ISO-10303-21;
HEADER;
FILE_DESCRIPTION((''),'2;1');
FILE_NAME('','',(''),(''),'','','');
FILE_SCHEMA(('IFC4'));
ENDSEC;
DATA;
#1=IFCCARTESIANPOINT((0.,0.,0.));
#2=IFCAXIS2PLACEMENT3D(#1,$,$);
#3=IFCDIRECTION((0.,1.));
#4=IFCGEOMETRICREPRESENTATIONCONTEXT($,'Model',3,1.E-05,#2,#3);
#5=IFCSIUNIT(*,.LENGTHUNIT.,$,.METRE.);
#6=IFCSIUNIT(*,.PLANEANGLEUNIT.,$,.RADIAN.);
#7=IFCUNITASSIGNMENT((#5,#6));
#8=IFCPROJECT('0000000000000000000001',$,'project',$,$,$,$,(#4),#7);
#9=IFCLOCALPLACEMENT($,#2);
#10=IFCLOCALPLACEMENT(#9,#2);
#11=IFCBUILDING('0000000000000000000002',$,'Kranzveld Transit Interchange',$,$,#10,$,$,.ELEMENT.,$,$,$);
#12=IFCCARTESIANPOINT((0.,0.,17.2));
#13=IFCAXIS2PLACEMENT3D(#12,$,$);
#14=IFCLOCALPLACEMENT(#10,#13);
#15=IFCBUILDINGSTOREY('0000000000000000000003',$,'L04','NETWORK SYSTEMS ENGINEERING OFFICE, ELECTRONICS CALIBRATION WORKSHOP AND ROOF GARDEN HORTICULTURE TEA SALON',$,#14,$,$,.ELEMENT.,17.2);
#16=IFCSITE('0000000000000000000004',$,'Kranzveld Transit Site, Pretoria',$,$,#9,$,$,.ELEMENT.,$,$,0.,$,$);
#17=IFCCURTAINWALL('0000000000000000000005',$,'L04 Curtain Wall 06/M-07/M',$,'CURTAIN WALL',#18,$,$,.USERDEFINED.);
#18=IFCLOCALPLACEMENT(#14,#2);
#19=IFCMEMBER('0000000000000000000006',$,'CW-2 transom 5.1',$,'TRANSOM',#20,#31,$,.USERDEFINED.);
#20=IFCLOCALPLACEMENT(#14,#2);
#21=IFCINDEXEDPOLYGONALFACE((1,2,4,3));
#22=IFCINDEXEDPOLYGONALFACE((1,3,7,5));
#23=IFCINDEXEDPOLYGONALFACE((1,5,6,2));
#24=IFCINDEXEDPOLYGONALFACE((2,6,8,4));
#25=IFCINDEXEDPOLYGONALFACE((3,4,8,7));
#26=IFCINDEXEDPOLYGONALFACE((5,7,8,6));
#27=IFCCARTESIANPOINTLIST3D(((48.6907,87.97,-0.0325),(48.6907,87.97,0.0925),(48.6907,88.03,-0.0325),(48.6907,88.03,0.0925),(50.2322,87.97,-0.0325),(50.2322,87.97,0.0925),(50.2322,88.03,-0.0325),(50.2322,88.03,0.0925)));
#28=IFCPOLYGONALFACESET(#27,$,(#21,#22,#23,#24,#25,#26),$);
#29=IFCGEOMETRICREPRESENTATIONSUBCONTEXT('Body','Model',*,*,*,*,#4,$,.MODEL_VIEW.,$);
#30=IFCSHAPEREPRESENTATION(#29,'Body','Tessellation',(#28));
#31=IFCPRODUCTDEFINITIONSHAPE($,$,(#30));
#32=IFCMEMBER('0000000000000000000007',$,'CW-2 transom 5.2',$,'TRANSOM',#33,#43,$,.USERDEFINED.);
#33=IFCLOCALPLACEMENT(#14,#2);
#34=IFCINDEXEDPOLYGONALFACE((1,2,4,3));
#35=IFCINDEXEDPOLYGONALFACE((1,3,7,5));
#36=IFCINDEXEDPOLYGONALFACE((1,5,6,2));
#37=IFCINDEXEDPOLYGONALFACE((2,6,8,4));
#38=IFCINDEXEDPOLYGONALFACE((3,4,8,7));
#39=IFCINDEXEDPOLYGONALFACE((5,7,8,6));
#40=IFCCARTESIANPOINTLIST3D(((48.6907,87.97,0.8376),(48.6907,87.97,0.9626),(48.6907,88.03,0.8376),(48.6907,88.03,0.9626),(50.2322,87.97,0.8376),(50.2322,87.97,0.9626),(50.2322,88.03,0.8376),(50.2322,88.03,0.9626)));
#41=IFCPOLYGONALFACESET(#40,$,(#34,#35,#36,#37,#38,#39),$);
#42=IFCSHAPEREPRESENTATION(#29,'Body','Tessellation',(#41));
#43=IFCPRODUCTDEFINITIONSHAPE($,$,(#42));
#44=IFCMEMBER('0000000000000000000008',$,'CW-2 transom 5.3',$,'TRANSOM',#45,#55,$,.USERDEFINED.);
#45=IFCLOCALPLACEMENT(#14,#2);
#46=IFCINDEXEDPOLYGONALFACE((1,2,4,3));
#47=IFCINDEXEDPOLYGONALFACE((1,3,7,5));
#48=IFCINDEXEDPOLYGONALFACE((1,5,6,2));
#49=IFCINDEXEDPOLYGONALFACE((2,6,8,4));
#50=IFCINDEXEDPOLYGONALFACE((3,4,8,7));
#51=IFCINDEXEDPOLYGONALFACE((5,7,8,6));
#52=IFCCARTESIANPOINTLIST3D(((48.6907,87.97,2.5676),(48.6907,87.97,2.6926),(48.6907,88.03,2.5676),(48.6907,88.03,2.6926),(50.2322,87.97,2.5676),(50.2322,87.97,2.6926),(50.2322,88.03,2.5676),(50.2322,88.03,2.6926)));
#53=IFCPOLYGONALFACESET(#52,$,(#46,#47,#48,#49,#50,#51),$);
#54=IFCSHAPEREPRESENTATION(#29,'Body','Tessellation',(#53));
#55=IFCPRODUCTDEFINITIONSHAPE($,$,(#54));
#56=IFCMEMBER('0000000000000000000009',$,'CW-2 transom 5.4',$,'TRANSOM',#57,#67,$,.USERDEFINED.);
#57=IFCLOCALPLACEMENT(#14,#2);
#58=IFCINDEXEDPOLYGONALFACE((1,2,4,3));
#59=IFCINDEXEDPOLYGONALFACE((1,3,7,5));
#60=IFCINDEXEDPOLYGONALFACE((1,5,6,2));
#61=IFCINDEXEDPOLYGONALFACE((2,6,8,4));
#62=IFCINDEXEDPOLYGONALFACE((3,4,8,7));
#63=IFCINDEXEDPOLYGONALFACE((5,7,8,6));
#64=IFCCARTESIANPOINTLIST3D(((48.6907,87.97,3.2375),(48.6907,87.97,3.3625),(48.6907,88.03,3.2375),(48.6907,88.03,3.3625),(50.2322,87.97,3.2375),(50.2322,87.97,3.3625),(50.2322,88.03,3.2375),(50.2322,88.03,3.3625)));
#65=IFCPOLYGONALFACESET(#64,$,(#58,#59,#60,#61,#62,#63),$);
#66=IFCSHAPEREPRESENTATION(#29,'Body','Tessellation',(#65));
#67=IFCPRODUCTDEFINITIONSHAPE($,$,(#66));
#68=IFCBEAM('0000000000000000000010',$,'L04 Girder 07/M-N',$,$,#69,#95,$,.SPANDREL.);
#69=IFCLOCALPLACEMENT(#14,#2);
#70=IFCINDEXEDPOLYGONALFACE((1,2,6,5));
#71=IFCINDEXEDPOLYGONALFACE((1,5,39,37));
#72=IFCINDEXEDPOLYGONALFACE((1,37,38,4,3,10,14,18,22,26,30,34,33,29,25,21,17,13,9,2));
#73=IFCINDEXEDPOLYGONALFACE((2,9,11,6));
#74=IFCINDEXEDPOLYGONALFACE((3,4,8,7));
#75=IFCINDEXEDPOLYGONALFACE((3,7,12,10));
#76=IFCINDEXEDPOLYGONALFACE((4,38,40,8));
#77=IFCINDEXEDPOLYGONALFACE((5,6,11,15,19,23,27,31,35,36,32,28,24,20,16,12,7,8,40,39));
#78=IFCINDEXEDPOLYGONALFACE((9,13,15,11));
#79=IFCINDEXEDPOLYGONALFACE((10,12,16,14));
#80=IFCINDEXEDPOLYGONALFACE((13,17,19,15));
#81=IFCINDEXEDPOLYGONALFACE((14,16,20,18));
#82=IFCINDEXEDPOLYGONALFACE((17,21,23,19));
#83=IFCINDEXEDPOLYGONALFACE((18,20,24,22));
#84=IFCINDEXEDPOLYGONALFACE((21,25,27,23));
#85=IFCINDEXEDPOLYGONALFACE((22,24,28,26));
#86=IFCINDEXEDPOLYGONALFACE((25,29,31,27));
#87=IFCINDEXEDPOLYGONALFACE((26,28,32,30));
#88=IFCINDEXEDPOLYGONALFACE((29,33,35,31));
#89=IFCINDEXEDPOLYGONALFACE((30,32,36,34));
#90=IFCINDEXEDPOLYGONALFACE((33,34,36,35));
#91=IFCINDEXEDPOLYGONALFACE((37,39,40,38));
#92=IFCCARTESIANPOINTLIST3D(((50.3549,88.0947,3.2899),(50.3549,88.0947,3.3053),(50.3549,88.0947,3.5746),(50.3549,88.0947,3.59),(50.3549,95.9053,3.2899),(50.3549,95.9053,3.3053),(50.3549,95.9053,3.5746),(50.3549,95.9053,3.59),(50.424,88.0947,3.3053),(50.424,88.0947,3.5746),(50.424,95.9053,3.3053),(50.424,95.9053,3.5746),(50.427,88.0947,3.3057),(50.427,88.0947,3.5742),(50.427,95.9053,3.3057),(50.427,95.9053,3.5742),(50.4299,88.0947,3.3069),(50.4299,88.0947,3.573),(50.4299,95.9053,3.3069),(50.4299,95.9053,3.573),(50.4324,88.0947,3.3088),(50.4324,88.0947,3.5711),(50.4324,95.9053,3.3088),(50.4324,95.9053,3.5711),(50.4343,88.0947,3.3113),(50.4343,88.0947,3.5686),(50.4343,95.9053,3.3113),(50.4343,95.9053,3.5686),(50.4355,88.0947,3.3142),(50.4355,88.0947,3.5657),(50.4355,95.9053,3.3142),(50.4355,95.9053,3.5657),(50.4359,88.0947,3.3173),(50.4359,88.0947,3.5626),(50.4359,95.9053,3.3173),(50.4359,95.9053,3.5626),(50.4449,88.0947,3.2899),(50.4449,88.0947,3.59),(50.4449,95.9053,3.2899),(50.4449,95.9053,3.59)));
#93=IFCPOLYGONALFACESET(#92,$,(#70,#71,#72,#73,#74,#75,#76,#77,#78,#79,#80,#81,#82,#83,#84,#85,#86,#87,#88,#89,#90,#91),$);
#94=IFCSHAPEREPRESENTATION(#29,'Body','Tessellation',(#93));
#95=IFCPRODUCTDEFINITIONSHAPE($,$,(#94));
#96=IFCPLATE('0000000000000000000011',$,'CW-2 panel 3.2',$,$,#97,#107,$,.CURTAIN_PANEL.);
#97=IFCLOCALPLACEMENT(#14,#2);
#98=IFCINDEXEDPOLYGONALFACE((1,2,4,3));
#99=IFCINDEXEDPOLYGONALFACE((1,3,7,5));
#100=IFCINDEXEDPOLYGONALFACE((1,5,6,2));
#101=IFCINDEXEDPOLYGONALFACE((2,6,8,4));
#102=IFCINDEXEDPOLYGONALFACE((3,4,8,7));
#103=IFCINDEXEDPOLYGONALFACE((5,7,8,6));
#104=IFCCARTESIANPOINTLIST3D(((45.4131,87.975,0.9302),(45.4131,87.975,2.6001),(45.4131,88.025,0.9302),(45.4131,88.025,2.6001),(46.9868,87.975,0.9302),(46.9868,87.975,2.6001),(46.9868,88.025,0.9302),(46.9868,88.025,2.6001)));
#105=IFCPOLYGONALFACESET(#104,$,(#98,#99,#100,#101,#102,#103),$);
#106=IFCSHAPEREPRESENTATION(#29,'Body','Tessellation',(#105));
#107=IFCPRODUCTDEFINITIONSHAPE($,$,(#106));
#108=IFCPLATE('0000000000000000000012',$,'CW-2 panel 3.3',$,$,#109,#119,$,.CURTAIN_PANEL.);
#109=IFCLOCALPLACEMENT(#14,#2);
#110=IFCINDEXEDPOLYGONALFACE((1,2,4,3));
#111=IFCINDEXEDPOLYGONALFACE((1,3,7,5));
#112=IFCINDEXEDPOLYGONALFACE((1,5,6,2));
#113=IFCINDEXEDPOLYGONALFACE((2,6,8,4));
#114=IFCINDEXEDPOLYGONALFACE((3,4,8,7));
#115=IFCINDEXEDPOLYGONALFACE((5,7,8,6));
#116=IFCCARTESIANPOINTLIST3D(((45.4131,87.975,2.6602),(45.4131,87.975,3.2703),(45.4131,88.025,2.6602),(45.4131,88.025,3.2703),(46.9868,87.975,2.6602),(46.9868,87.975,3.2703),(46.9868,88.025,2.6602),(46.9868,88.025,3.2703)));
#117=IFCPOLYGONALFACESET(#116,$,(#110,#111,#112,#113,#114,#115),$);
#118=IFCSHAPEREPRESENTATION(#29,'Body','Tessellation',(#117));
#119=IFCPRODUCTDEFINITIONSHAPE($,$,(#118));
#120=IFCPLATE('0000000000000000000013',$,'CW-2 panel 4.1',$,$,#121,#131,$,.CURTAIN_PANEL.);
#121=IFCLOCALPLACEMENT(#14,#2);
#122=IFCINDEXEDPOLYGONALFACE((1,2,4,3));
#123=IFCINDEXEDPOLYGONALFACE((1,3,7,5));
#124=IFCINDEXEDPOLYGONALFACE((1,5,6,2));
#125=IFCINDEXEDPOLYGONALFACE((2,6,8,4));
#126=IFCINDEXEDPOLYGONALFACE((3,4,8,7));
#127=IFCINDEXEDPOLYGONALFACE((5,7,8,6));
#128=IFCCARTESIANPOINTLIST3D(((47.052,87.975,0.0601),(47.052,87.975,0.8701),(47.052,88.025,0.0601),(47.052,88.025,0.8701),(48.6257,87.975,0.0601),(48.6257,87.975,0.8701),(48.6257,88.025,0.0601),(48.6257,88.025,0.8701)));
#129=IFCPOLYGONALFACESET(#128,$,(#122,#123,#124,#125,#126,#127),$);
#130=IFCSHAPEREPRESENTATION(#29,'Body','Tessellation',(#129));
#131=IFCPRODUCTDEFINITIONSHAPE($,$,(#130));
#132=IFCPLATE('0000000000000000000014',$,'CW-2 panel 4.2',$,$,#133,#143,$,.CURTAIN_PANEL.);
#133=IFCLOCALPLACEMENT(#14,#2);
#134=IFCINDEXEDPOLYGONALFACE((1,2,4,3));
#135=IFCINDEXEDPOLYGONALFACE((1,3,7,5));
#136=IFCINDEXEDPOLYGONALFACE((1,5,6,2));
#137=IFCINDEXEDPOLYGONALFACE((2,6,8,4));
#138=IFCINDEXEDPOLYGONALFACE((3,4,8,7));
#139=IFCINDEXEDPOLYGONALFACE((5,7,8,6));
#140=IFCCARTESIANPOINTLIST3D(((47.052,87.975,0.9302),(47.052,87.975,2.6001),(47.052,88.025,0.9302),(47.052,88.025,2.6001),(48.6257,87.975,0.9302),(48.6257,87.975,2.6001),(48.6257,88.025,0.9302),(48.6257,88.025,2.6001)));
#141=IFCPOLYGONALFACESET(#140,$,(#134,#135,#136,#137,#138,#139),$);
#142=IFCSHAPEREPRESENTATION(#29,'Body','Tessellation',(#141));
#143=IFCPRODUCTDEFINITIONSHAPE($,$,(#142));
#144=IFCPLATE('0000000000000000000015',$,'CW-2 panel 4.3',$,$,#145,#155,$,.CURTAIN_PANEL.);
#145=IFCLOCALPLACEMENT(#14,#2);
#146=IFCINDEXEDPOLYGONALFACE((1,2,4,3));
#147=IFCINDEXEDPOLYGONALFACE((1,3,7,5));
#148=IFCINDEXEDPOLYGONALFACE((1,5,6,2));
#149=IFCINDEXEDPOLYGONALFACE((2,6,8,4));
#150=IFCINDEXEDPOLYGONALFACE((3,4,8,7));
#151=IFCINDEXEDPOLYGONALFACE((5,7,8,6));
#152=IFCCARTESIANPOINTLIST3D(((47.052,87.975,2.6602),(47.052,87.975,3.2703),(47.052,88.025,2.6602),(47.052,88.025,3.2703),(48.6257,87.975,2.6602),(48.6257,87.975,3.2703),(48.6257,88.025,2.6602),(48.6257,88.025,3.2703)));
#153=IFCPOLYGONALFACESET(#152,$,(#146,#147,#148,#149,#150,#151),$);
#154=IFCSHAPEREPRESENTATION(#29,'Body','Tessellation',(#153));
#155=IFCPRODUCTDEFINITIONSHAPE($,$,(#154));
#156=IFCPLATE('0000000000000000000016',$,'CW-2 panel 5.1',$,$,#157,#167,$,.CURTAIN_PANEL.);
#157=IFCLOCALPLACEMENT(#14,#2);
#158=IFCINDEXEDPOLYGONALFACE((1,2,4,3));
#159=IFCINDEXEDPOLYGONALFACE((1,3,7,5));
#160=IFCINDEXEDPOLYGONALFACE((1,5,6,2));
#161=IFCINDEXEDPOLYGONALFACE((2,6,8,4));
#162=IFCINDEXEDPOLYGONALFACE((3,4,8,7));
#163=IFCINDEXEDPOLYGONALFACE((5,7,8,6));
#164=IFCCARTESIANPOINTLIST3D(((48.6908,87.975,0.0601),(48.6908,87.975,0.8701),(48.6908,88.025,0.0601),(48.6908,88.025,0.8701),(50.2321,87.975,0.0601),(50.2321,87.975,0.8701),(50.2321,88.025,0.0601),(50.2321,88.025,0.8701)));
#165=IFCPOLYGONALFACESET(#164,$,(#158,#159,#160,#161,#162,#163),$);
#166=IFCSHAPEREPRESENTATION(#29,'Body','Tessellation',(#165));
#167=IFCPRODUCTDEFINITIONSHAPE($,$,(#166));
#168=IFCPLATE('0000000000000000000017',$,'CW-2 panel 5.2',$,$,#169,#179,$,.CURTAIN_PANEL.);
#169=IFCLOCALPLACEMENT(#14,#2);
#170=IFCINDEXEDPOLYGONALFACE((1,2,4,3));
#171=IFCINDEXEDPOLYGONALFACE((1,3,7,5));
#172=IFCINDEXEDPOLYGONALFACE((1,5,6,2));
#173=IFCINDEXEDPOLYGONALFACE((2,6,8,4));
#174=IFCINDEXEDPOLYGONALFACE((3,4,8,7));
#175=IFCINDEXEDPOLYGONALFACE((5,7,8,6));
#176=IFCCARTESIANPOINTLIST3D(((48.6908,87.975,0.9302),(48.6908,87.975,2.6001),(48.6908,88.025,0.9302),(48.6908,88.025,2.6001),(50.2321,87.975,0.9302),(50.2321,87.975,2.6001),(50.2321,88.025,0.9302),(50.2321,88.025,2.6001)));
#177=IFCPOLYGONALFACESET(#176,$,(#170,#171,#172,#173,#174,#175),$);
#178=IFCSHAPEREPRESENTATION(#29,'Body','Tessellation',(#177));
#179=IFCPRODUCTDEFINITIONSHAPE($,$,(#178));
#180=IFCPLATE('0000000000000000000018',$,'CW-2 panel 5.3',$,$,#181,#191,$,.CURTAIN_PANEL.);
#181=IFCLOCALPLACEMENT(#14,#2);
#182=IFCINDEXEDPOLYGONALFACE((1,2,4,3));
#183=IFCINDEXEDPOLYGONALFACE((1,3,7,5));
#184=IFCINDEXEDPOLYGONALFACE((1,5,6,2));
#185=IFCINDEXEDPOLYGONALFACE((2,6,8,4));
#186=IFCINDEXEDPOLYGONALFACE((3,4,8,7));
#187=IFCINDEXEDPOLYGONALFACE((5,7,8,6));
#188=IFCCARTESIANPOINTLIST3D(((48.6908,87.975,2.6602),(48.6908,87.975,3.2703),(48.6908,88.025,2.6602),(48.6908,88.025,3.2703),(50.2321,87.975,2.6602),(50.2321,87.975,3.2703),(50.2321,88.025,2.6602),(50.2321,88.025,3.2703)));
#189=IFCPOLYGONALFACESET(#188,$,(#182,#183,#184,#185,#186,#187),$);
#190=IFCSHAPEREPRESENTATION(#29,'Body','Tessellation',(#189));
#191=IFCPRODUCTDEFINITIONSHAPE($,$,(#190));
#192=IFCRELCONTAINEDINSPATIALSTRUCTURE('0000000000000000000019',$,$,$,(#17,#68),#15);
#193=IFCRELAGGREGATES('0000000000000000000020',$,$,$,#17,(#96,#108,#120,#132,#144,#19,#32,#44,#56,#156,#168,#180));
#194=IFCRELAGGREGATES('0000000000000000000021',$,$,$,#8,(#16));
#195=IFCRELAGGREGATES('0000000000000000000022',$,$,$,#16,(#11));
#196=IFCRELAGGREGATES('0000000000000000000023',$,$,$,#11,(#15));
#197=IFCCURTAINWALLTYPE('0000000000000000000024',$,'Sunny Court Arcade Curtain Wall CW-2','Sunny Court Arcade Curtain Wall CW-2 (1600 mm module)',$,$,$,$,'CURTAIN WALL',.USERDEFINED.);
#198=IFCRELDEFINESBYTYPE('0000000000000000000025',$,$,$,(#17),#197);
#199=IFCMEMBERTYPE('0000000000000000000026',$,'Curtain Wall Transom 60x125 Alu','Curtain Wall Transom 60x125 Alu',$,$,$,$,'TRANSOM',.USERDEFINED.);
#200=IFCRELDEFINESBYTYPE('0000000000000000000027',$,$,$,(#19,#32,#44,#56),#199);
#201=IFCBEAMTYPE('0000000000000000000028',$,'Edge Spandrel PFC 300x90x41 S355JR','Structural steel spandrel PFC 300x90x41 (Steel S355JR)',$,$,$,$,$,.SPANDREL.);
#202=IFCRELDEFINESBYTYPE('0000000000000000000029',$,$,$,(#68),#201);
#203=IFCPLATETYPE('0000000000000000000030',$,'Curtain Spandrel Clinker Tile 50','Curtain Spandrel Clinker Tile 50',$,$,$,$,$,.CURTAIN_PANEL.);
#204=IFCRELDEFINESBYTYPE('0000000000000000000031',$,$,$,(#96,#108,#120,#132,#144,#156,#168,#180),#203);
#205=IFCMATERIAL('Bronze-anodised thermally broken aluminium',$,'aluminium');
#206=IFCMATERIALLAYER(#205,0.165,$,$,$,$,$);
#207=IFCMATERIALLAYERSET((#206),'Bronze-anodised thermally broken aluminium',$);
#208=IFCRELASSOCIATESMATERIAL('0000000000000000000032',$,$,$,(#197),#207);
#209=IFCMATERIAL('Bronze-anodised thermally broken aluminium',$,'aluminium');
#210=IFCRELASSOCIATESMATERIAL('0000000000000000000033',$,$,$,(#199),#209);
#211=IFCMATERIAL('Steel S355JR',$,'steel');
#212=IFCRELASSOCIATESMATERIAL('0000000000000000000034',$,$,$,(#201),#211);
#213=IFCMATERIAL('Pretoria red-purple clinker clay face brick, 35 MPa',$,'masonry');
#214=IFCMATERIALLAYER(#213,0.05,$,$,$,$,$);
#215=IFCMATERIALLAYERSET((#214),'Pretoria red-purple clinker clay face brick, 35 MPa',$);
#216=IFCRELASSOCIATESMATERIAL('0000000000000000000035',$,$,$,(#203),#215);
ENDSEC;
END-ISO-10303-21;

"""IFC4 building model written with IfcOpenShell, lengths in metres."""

from ifc_helpers import new_model, si_unit, direction, frame, origin, origin_2d, place, context, subcontext, project, spatial, rectangle, u_section, extrude, material, layer, layer_set, material_profile, profile_set, type_object, element, aggregate, save


model = new_model("IFC4")

# Units and contexts
model_context = context("Model", 3, precision=1e-05, world=origin(), true_north=direction((0.0, 1.0)))
body_context = subcontext(model_context, "Body", "Model", "MODEL_VIEW")
ifc_project = project(units=[si_unit("LENGTHUNIT", "METRE"), si_unit("PLANEANGLEUNIT", "RADIAN")], contexts=[model_context])

# Site, building, storey
site_placement = place(None, origin())
site = spatial("IfcSite", under=ifc_project, at=site_placement, Name="Kranzveld Transit Site, Pretoria", CompositionType="ELEMENT", RefElevation=0.0)
building_placement = place(site_placement, origin())
building = spatial("IfcBuilding", under=site, at=building_placement, Name="Kranzveld Transit Interchange", CompositionType="ELEMENT")
storey_placement = place(building_placement, frame((0.0, 0.0, 17.2)))
storey = spatial("IfcBuildingStorey", under=building, at=storey_placement, Name="L04", Description="NETWORK SYSTEMS ENGINEERING OFFICE, ELECTRONICS CALIBRATION WORKSHOP AND ROOF GARDEN HORTICULTURE TEA SALON", CompositionType="ELEMENT", Elevation=17.2)

# Curtain wall, members
ifc_material_1 = material(Name="Bronze-anodised thermally broken aluminium", Category="aluminium")
ifc_layer_1 = layer(ifc_material_1, 0.165)
ifc_layer_set_1 = layer_set([ifc_layer_1], Name="Bronze-anodised thermally broken aluminium")
curtain_wall_type = type_object("IfcCurtainWallType", Name="Sunny Court Arcade Curtain Wall CW-2", Description="Sunny Court Arcade Curtain Wall CW-2 (1600 mm module)", ElementType="CURTAIN WALL", PredefinedType="USERDEFINED", material=ifc_layer_set_1)
curtain_wall_placement = place(storey_placement, origin())
curtain_wall = element("IfcCurtainWall", 1, at=curtain_wall_placement, inside=storey, type_object=curtain_wall_type, Name="L04 Curtain Wall 06/M-07/M", ObjectType="CURTAIN WALL", PredefinedType="USERDEFINED")
ifc_material_2 = material(Name="Bronze-anodised thermally broken aluminium", Category="aluminium")
ifc_material_profile_1 = material_profile(ifc_material_2, rectangle(XDim=0.0601, YDim=0.125, at=origin_2d()), Name="ALU TRANSOM 60x125")
ifc_profile_set_1 = profile_set([ifc_material_profile_1], Name="Bronze-anodised thermally broken aluminium")
member_type_1 = type_object("IfcMemberType", Name="Curtain Wall Transom 60x125 Alu", Description="Curtain Wall Transom 60x125 Alu", ElementType="TRANSOM", PredefinedType="USERDEFINED", material=ifc_profile_set_1)
member_1_placement = place(storey_placement, frame((48.6907, 88.0, 0.03), z_axis=(1.0, 0.0, 0.0), x_axis=(0.0, 1.0, 0.0)))
member_1 = element("IfcMember", 2, at=member_1_placement, type_object=member_type_1, Name="CW-2 transom 5.1", ObjectType="TRANSOM", PredefinedType="USERDEFINED", context=body_context, shape_type="SweptSolid", body=[
    extrude(rectangle(XDim=0.0601, YDim=0.125, at=origin_2d()), origin(), (0.0, 0.0, 1.0), 1.5415),
])
member_2_placement = place(storey_placement, frame((48.6907, 88.0, 0.9001), z_axis=(1.0, 0.0, 0.0), x_axis=(0.0, 1.0, 0.0)))
member_2 = element("IfcMember", 3, at=member_2_placement, type_object=member_type_1, Name="CW-2 transom 5.2", ObjectType="TRANSOM", PredefinedType="USERDEFINED", context=body_context, shape_type="SweptSolid", body=[
    extrude(rectangle(XDim=0.0601, YDim=0.125, at=origin_2d()), origin(), (0.0, 0.0, 1.0), 1.5415),
])
member_3_placement = place(storey_placement, frame((48.6907, 88.0, 2.6301), z_axis=(1.0, 0.0, 0.0), x_axis=(0.0, 1.0, 0.0)))
member_3 = element("IfcMember", 4, at=member_3_placement, type_object=member_type_1, Name="CW-2 transom 5.3", ObjectType="TRANSOM", PredefinedType="USERDEFINED", context=body_context, shape_type="SweptSolid", body=[
    extrude(rectangle(XDim=0.0601, YDim=0.125, at=origin_2d()), origin(), (0.0, 0.0, 1.0), 1.5415),
])
member_4_placement = place(storey_placement, frame((48.6907, 88.0, 3.3), z_axis=(1.0, 0.0, 0.0), x_axis=(0.0, 1.0, 0.0)))
member_4 = element("IfcMember", 5, at=member_4_placement, type_object=member_type_1, Name="CW-2 transom 5.4", ObjectType="TRANSOM", PredefinedType="USERDEFINED", context=body_context, shape_type="SweptSolid", body=[
    extrude(rectangle(XDim=0.0601, YDim=0.125, at=origin_2d()), origin(), (0.0, 0.0, 1.0), 1.5415),
])

# Beam
ifc_material_3 = material(Name="Steel S355JR", Category="steel")
ifc_material_profile_2 = material_profile(ifc_material_3, u_section(Depth=0.3, FlangeWidth=0.0901, WebThickness=0.009, FlangeThickness=0.0154, FilletRadius=0.012, at=origin_2d()), Name="PFC 300x90x41")
ifc_profile_set_2 = profile_set([ifc_material_profile_2], Name="Steel S355JR")
beam_type_1 = type_object("IfcBeamType", Name="Edge Spandrel PFC 300x90x41 S355JR", Description="Structural steel spandrel PFC 300x90x41 (Steel S355JR)", PredefinedType="SPANDREL", material=ifc_profile_set_2)
beam_1_placement = place(storey_placement, frame((50.3999, 88.0947, 3.4399), z_axis=(0.0, 1.0, 0.0), x_axis=(-1.0, 0.0, 0.0)))
element("IfcBeam", 6, at=beam_1_placement, inside=storey, type_object=beam_type_1, Name="L04 Girder 07/M-N", PredefinedType="SPANDREL", context=body_context, shape_type="SweptSolid", body=[
    extrude(u_section(Depth=0.3, FlangeWidth=0.0901, WebThickness=0.009, FlangeThickness=0.0154, FilletRadius=0.012, at=origin_2d()), origin(), (0.0, 0.0, 1.0), 7.8105),
])

# Plates
ifc_material_4 = material(Name="Pretoria red-purple clinker clay face brick, 35 MPa", Category="masonry")
ifc_layer_2 = layer(ifc_material_4, 0.05)
ifc_layer_set_2 = layer_set([ifc_layer_2], Name="Pretoria red-purple clinker clay face brick, 35 MPa")
plate_type = type_object("IfcPlateType", Name="Curtain Spandrel Clinker Tile 50", Description="Curtain Spandrel Clinker Tile 50", PredefinedType="CURTAIN_PANEL", material=ifc_layer_set_2)
plate_1_placement = place(storey_placement, frame((46.2, 88.0, 0.9302), z_axis=(0.0, 0.0, 1.0), x_axis=(1.0, 0.0, 0.0)))
plate_1 = element("IfcPlate", 7, at=plate_1_placement, type_object=plate_type, Name="CW-2 panel 3.2", PredefinedType="CURTAIN_PANEL", context=body_context, shape_type="SweptSolid", body=[
    extrude(rectangle(XDim=1.5737, YDim=0.05, at=origin_2d()), origin(), (0.0, 0.0, 1.0), 1.6699),
])
plate_2_placement = place(storey_placement, frame((46.2, 88.0, 2.6602), z_axis=(0.0, 0.0, 1.0), x_axis=(1.0, 0.0, 0.0)))
plate_2 = element("IfcPlate", 8, at=plate_2_placement, type_object=plate_type, Name="CW-2 panel 3.3", PredefinedType="CURTAIN_PANEL", context=body_context, shape_type="SweptSolid", body=[
    extrude(rectangle(XDim=1.5737, YDim=0.05, at=origin_2d()), origin(), (0.0, 0.0, 1.0), 0.6101),
])
plate_3_placement = place(storey_placement, frame((47.8389, 88.0, 0.0601), z_axis=(0.0, 0.0, 1.0), x_axis=(1.0, 0.0, 0.0)))
plate_3 = element("IfcPlate", 9, at=plate_3_placement, type_object=plate_type, Name="CW-2 panel 4.1", PredefinedType="CURTAIN_PANEL", context=body_context, shape_type="SweptSolid", body=[
    extrude(rectangle(XDim=1.5737, YDim=0.05, at=origin_2d()), origin(), (0.0, 0.0, 1.0), 0.8101),
])
plate_4_placement = place(storey_placement, frame((47.8389, 88.0, 0.9302), z_axis=(0.0, 0.0, 1.0), x_axis=(1.0, 0.0, 0.0)))
plate_4 = element("IfcPlate", 10, at=plate_4_placement, type_object=plate_type, Name="CW-2 panel 4.2", PredefinedType="CURTAIN_PANEL", context=body_context, shape_type="SweptSolid", body=[
    extrude(rectangle(XDim=1.5737, YDim=0.05, at=origin_2d()), origin(), (0.0, 0.0, 1.0), 1.6699),
])
plate_5_placement = place(storey_placement, frame((47.8389, 88.0, 2.6602), z_axis=(0.0, 0.0, 1.0), x_axis=(1.0, 0.0, 0.0)))
plate_5 = element("IfcPlate", 11, at=plate_5_placement, type_object=plate_type, Name="CW-2 panel 4.3", PredefinedType="CURTAIN_PANEL", context=body_context, shape_type="SweptSolid", body=[
    extrude(rectangle(XDim=1.5737, YDim=0.05, at=origin_2d()), origin(), (0.0, 0.0, 1.0), 0.6101),
])
plate_6_placement = place(storey_placement, frame((49.4614, 88.0, 0.0601), z_axis=(0.0, 0.0, 1.0), x_axis=(1.0, 0.0, 0.0)))
plate_6 = element("IfcPlate", 12, at=plate_6_placement, type_object=plate_type, Name="CW-2 panel 5.1", PredefinedType="CURTAIN_PANEL", context=body_context, shape_type="SweptSolid", body=[
    extrude(rectangle(XDim=1.5413, YDim=0.05, at=origin_2d()), origin(), (0.0, 0.0, 1.0), 0.8101),
])
plate_7_placement = place(storey_placement, frame((49.4614, 88.0, 0.9302), z_axis=(0.0, 0.0, 1.0), x_axis=(1.0, 0.0, 0.0)))
plate_7 = element("IfcPlate", 13, at=plate_7_placement, type_object=plate_type, Name="CW-2 panel 5.2", PredefinedType="CURTAIN_PANEL", context=body_context, shape_type="SweptSolid", body=[
    extrude(rectangle(XDim=1.5413, YDim=0.05, at=origin_2d()), origin(), (0.0, 0.0, 1.0), 1.6699),
])
plate_8_placement = place(storey_placement, frame((49.4614, 88.0, 2.6602), z_axis=(0.0, 0.0, 1.0), x_axis=(1.0, 0.0, 0.0)))
plate_8 = element("IfcPlate", 14, at=plate_8_placement, type_object=plate_type, Name="CW-2 panel 5.3", PredefinedType="CURTAIN_PANEL", context=body_context, shape_type="SweptSolid", body=[
    extrude(rectangle(XDim=1.5413, YDim=0.05, at=origin_2d()), origin(), (0.0, 0.0, 1.0), 0.6101),
])
aggregate(curtain_wall, [plate_1, plate_2, plate_3, plate_4, plate_5, member_1, member_2, member_3, member_4, plate_6, plate_7, plate_8])

save(model, "model.ifc")
